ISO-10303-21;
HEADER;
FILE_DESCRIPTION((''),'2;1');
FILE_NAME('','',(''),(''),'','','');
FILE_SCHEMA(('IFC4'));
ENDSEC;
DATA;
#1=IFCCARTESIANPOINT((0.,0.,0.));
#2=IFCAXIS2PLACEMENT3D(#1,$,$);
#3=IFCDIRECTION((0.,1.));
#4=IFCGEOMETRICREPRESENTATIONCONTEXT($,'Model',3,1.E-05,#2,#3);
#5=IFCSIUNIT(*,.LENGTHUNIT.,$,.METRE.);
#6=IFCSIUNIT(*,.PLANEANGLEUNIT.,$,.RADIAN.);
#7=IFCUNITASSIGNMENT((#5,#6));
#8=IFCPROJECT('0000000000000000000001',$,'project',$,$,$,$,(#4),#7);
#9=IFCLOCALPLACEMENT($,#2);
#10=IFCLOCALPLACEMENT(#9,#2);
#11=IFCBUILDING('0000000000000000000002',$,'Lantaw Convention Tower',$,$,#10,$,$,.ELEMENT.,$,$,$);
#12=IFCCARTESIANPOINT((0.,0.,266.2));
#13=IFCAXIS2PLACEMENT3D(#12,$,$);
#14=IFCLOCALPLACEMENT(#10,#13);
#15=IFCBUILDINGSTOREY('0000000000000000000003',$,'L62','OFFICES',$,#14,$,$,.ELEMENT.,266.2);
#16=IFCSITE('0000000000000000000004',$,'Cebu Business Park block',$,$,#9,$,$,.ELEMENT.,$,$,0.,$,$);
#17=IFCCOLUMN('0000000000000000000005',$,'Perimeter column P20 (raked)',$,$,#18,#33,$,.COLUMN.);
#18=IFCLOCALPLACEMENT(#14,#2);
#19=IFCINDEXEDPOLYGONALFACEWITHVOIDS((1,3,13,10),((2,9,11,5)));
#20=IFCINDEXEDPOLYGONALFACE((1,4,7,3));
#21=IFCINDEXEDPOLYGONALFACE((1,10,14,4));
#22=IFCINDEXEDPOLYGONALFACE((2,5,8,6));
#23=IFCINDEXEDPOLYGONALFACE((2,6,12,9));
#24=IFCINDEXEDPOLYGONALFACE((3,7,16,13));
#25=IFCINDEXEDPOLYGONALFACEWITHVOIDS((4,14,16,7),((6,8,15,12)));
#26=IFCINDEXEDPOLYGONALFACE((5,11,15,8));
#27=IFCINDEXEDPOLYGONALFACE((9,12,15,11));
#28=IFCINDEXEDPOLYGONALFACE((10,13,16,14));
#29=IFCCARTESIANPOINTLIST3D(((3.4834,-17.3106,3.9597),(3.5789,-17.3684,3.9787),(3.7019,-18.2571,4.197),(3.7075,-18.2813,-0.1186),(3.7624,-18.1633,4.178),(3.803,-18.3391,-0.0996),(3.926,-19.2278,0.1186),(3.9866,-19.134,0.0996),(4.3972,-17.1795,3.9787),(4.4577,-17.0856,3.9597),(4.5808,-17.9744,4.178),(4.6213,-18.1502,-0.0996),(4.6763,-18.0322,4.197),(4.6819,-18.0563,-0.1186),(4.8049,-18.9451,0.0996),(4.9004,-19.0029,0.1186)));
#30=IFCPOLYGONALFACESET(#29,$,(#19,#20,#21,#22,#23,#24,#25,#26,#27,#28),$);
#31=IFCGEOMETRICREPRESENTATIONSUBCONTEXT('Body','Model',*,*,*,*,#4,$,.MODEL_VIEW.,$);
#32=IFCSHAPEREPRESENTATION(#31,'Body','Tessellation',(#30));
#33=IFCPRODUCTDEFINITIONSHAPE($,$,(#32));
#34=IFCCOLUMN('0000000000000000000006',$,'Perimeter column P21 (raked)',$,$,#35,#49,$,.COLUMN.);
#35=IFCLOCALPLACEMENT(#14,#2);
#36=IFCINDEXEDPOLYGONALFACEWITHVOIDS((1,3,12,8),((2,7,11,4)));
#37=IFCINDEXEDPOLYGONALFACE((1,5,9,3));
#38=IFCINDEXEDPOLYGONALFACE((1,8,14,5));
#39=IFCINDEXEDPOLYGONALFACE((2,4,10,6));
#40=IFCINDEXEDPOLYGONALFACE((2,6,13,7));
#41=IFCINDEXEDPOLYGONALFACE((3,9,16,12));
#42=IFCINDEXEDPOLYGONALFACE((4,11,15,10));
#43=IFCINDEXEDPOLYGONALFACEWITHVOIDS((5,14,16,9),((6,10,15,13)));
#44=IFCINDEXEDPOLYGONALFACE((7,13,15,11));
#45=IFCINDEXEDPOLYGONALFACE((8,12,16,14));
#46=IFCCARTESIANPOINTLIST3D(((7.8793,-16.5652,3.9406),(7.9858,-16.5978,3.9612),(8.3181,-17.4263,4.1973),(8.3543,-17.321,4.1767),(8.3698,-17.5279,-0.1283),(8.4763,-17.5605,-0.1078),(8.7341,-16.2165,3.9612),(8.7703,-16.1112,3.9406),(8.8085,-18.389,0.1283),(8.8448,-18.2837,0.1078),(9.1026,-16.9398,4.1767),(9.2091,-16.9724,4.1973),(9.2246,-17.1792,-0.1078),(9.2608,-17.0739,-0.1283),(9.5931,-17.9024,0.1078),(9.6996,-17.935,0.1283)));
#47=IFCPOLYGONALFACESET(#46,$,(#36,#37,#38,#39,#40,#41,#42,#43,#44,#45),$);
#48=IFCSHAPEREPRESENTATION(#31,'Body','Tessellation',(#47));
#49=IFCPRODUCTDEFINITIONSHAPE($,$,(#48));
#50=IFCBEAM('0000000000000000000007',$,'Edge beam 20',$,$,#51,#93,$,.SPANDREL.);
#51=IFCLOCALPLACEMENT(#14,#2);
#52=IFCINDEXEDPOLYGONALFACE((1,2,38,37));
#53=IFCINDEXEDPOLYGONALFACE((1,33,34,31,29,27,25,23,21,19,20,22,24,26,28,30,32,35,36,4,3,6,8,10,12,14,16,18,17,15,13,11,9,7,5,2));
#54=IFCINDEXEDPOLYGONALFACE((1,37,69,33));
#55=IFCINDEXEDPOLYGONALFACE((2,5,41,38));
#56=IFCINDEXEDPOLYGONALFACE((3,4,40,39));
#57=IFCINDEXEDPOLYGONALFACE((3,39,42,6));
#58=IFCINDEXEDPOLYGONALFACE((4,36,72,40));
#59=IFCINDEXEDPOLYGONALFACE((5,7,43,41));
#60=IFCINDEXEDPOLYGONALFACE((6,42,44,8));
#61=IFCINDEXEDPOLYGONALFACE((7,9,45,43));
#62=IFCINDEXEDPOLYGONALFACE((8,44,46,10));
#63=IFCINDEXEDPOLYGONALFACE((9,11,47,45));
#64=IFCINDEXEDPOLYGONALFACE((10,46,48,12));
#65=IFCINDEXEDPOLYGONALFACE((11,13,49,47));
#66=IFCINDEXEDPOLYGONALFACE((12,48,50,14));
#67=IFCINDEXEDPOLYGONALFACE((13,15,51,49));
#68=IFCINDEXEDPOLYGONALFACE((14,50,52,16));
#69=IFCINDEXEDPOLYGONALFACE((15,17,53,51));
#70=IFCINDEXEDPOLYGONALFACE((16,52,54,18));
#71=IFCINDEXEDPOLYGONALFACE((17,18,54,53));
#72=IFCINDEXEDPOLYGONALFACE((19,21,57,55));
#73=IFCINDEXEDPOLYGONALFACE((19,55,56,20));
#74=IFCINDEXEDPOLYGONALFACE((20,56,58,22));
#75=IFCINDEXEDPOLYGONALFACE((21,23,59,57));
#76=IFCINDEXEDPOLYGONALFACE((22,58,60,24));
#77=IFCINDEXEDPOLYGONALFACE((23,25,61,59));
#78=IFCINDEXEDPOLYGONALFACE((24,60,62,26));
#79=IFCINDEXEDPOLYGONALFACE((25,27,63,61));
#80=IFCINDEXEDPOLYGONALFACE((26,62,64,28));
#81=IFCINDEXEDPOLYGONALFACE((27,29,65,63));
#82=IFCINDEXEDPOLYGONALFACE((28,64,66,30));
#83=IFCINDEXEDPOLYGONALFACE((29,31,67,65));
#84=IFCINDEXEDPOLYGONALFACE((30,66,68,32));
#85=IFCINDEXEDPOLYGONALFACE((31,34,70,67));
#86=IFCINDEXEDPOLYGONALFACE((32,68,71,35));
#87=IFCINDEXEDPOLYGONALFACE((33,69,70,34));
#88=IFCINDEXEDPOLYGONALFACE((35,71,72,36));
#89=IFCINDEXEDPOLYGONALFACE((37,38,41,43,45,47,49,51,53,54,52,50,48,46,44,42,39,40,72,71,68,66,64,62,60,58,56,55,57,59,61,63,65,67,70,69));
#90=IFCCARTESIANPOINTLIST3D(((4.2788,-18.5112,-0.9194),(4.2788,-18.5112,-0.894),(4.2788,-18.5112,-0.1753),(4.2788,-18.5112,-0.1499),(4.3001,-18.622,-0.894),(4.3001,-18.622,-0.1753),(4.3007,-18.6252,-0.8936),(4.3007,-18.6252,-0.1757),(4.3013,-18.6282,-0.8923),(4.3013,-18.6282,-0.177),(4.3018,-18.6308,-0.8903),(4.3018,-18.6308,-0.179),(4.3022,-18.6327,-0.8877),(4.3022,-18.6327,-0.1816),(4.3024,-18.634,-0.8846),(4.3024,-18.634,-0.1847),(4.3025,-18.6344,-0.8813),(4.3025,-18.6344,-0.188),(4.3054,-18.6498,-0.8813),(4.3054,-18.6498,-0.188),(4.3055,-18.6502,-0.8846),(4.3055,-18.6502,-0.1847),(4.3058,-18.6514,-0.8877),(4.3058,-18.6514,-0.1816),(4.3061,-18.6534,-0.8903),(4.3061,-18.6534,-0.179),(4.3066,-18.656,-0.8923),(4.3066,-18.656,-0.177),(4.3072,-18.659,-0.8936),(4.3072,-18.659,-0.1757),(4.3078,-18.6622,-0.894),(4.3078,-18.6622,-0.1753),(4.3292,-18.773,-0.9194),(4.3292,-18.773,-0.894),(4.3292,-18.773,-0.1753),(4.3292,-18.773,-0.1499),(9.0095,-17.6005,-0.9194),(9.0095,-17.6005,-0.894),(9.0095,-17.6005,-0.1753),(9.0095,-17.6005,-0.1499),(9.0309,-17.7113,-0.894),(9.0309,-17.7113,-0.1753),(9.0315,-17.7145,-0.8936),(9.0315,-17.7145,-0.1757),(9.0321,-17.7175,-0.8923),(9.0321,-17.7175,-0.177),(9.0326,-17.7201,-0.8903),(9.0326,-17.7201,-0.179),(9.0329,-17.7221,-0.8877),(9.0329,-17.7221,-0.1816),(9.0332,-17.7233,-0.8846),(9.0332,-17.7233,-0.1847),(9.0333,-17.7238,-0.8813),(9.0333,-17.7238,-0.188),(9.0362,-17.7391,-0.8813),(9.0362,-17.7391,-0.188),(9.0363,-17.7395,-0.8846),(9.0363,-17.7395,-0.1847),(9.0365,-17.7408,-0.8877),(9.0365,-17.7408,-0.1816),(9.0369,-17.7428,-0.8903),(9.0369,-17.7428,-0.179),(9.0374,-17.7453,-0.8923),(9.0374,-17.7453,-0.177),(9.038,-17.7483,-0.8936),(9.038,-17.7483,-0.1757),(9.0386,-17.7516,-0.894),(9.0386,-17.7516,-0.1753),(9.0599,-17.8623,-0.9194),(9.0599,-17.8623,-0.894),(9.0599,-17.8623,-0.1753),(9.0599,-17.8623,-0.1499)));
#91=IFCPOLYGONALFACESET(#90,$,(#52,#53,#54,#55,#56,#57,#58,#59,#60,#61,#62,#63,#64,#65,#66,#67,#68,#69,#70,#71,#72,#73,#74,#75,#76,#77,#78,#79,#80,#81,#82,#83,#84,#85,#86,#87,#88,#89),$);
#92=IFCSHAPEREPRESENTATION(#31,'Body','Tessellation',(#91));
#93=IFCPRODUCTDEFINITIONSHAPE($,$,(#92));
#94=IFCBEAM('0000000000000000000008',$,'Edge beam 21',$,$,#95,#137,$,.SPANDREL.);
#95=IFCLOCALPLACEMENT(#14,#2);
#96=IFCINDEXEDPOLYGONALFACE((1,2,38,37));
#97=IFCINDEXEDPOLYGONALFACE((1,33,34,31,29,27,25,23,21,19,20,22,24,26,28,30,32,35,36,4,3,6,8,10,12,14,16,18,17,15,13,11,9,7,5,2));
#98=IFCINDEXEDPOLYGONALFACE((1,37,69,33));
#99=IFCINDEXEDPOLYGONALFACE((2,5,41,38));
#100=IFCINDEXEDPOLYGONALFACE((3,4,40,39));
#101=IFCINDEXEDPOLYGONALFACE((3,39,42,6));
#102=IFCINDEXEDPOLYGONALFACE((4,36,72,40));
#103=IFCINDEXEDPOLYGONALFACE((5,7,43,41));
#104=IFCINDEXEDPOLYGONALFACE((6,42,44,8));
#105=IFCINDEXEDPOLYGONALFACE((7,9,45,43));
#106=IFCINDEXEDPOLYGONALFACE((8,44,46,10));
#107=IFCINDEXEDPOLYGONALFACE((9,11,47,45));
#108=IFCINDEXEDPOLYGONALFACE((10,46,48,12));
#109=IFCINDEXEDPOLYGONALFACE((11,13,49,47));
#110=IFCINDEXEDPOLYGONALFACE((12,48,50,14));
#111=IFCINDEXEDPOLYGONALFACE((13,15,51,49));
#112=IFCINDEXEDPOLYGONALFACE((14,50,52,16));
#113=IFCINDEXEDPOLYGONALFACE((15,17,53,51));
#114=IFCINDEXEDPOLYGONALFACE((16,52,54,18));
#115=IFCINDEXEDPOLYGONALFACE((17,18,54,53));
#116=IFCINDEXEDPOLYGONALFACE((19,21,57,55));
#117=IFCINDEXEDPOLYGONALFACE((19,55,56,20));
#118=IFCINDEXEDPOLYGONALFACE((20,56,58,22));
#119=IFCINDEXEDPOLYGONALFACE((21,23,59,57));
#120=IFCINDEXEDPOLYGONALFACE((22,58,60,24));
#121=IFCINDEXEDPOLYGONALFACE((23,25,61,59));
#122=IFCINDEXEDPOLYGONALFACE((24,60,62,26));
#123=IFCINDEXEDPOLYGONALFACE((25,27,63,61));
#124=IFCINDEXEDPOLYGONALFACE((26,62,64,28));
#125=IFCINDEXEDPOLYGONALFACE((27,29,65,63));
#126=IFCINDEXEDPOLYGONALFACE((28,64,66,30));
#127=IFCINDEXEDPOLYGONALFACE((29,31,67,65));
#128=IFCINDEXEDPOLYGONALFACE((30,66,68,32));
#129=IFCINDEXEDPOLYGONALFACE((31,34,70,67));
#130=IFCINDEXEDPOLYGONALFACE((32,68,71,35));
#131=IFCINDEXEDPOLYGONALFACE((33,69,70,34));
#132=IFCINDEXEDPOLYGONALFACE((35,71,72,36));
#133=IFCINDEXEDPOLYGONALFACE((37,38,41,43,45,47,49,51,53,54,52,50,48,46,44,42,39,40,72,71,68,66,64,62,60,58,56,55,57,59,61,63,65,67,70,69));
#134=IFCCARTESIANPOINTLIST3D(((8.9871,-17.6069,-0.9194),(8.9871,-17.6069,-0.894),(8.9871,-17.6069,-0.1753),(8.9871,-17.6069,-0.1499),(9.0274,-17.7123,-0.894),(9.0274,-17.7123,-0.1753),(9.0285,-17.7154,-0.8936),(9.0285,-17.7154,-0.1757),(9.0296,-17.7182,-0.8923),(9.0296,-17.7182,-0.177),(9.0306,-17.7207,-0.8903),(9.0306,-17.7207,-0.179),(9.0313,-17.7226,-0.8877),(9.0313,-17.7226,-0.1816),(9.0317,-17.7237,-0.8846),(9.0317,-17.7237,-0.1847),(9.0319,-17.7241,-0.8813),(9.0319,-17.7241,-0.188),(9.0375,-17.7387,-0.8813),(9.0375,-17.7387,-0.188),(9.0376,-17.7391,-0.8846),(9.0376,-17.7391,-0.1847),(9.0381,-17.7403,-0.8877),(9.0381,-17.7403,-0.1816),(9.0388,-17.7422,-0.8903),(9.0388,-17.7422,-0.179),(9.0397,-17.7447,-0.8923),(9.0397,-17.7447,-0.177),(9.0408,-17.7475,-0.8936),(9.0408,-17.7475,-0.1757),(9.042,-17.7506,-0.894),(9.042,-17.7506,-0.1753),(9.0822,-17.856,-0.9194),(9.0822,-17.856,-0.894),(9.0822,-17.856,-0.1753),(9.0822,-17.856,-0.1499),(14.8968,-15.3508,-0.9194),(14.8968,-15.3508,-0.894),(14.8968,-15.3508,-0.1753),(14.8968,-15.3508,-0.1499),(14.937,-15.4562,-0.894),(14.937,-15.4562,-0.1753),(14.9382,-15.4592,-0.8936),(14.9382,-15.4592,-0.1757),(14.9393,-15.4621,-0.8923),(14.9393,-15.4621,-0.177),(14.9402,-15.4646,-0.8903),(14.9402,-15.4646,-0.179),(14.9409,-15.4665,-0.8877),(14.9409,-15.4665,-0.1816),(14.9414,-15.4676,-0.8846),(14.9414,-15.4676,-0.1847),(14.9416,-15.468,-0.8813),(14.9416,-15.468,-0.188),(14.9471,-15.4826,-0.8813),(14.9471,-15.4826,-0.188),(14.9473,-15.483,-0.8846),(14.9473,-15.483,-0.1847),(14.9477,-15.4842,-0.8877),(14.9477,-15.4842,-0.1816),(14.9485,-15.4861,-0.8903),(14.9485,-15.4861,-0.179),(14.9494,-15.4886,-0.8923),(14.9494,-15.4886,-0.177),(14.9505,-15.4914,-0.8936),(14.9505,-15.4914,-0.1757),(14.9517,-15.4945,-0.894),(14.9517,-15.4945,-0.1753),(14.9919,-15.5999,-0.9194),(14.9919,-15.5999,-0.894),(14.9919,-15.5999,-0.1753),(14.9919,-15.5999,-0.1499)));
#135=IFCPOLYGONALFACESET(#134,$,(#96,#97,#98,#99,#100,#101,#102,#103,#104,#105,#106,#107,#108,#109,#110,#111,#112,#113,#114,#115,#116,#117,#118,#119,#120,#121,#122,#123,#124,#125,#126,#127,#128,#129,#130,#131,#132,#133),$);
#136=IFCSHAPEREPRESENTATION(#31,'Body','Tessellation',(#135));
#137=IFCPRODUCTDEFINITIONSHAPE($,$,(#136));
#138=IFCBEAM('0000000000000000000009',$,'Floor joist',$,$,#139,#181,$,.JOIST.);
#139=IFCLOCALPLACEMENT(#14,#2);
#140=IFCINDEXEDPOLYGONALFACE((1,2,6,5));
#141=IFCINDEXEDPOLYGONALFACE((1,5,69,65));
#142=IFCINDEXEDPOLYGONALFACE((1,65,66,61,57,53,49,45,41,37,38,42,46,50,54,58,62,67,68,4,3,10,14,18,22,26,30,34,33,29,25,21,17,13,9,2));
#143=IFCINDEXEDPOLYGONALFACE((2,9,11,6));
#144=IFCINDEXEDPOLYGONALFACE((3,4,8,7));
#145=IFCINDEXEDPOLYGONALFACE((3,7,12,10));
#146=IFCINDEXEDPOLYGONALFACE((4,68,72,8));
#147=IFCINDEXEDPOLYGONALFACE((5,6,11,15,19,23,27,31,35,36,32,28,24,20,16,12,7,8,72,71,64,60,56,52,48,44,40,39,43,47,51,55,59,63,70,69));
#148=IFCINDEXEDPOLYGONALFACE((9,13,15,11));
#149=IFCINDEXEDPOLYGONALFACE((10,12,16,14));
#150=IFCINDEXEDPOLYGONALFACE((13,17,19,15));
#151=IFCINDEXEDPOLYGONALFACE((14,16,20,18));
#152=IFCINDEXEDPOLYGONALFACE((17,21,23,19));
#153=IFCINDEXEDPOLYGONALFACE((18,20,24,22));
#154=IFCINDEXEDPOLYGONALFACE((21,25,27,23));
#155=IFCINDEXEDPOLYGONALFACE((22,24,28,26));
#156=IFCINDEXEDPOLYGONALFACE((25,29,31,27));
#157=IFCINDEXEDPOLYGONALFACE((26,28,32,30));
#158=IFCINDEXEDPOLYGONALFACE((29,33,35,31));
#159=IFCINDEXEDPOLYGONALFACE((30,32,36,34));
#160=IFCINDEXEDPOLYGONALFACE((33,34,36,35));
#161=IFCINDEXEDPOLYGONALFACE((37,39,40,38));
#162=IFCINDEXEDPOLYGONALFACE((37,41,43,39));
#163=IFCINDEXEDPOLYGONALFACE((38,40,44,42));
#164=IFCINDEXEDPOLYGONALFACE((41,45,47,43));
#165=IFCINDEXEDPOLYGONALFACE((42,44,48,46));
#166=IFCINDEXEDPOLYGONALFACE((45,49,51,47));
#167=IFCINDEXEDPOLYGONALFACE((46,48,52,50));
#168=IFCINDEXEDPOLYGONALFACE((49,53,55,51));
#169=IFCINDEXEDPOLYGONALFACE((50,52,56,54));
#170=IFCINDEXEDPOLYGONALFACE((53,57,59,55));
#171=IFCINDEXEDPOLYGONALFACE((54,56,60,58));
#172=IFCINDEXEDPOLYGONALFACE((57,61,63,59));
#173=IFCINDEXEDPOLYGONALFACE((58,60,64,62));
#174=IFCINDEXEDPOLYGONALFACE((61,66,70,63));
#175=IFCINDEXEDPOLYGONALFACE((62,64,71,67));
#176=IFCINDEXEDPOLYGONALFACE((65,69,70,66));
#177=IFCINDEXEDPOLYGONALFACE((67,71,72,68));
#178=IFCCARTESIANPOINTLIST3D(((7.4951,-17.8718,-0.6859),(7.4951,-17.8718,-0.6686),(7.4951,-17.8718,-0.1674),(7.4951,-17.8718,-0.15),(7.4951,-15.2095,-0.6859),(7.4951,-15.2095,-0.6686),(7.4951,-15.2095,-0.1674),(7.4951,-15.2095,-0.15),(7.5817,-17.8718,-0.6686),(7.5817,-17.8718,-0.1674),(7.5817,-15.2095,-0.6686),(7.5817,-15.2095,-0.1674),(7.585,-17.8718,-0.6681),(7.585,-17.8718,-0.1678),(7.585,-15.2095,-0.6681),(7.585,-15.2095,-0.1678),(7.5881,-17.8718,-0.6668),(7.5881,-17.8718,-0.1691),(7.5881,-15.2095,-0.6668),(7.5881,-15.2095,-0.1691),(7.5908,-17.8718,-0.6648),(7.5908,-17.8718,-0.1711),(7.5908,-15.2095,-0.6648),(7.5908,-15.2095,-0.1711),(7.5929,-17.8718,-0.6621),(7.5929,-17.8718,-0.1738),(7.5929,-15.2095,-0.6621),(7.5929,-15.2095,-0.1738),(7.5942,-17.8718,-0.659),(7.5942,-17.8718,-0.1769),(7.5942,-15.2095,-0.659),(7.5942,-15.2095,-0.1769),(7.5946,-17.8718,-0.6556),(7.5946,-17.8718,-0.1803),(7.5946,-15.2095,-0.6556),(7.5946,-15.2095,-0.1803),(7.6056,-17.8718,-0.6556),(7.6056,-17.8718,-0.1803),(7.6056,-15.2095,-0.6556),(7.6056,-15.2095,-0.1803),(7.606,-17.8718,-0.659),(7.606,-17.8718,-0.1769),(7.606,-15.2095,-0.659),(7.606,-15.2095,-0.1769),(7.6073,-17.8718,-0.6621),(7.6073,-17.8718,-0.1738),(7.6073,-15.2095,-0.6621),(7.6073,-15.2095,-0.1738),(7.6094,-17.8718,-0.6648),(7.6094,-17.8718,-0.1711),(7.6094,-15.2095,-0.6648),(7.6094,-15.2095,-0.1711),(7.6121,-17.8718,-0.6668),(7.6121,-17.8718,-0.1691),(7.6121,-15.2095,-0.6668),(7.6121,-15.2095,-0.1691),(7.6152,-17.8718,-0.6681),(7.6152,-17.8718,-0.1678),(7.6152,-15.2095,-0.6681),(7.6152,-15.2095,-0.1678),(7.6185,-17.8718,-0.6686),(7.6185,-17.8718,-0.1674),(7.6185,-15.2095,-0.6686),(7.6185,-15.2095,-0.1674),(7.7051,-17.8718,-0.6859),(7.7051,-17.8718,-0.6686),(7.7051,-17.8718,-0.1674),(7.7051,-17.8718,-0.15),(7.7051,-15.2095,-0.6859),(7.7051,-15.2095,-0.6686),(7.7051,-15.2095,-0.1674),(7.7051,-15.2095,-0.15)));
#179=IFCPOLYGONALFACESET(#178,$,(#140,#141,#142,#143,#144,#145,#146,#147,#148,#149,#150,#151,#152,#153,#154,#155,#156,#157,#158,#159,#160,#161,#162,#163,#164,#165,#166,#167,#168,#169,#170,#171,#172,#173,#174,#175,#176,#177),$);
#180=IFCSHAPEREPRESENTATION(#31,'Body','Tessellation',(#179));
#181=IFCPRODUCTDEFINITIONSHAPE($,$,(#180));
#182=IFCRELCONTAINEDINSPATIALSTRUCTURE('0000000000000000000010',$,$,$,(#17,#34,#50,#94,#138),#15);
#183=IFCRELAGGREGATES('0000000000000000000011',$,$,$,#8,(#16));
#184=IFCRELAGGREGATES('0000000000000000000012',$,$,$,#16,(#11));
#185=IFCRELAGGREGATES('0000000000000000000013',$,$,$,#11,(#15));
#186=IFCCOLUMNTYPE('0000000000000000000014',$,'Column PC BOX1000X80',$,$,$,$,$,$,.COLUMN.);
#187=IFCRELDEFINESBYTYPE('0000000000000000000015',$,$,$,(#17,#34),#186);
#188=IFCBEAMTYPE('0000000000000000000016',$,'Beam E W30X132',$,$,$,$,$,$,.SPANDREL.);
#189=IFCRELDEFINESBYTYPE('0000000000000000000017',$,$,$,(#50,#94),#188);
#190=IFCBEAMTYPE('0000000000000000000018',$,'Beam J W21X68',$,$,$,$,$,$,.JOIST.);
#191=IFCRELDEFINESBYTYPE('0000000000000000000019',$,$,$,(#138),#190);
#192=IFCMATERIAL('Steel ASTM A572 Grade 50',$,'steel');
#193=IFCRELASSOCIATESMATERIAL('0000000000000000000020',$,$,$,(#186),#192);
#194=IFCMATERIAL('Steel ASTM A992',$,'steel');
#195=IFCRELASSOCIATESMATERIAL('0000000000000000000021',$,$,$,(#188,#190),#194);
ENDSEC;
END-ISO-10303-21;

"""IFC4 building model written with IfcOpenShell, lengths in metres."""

from ifc_helpers import new_model, si_unit, direction, frame, origin, origin_2d, place, context, subcontext, project, spatial, rectangle, hollow_rectangle, i_section, extrude, material, material_profile, profile_set, type_object, element, save


model = new_model("IFC4")

# Units and contexts
model_context = context("Model", 3, precision=1e-05, world=origin(), true_north=direction((0.0, 1.0)))
body_context = subcontext(model_context, "Body", "Model", "MODEL_VIEW")
ifc_project = project(units=[si_unit("LENGTHUNIT", "METRE"), si_unit("PLANEANGLEUNIT", "RADIAN")], contexts=[model_context])

# Site, building, storey
site_placement = place(None, origin())
site = spatial("IfcSite", under=ifc_project, at=site_placement, Name="Cebu Business Park block", CompositionType="ELEMENT", RefElevation=0.0)
building_placement = place(site_placement, origin())
building = spatial("IfcBuilding", under=site, at=building_placement, Name="Lantaw Convention Tower", CompositionType="ELEMENT")
storey_placement = place(building_placement, frame((0.0, 0.0, 266.2)))
storey = spatial("IfcBuildingStorey", under=building, at=storey_placement, Name="L62", Description="OFFICES", CompositionType="ELEMENT", Elevation=266.2)

# Columns
ifc_material_1 = material(Name="Steel ASTM A572 Grade 50", Category="steel")
ifc_material_profile_1 = material_profile(ifc_material_1, hollow_rectangle(XDim=1.0, YDim=1.0, WallThickness=0.0801, at=origin_2d()), Name="BOX1000X80")
ifc_material_2 = material(Name="Concrete C60/75", Category="concrete")
ifc_material_profile_2 = material_profile(ifc_material_2, rectangle(XDim=0.8401, YDim=0.8401, at=origin_2d()), Name="Concrete fill of BOX1000X80")
ifc_profile_set_1 = profile_set([ifc_material_profile_1, ifc_material_profile_2], Name="Steel ASTM A572 Grade 50")
column_type = type_object("IfcColumnType", Name="Column PC BOX1000X80", PredefinedType="COLUMN", material=ifc_profile_set_1)
column_1_placement = place(storey_placement, frame((4.304, -18.6421, 0.0), z_axis=(-0.053384, 0.231214, 0.971437), x_axis=(-0.974366, -0.224967, 0.0)))
element("IfcColumn", 1, at=column_1_placement, inside=storey, type_object=column_type, Name="Perimeter column P20 (raked)", PredefinedType="COLUMN", context=body_context, shape_type="SweptSolid", body=[
    extrude(hollow_rectangle(XDim=1.0, YDim=1.0, WallThickness=0.0801, at=origin_2d()), origin(), (0.0, 0.0, 1.0), 4.1982),
])
column_2_placement = place(storey_placement, frame((9.0347, -17.7314, 0.0), z_axis=(-0.116508, 0.228666, 0.966508), x_axis=(-0.891012, -0.45398, 0.0)))
element("IfcColumn", 2, at=column_2_placement, inside=storey, type_object=column_type, Name="Perimeter column P21 (raked)", PredefinedType="COLUMN", context=body_context, shape_type="SweptSolid", body=[
    extrude(hollow_rectangle(XDim=1.0, YDim=1.0, WallThickness=0.0801, at=origin_2d()), origin(), (0.0, 0.0, 1.0), 4.21),
])

# Beams
ifc_material_3 = material(Name="Steel ASTM A992", Category="steel")
ifc_material_profile_3 = material_profile(ifc_material_3, i_section(OverallWidth=0.2666, OverallDepth=0.7695, WebThickness=0.0156, FlangeThickness=0.0254, FilletRadius=0.0127, at=origin_2d()), Name="W30X132")
ifc_profile_set_2 = profile_set([ifc_material_profile_3], Name="Steel ASTM A992")
beam_type_1 = type_object("IfcBeamType", Name="Beam E W30X132", PredefinedType="SPANDREL", material=ifc_profile_set_2)
beam_1_placement = place(storey_placement, frame((4.304, -18.6421, -0.5347), z_axis=(0.981972, 0.189026, 0.0), x_axis=(-0.189026, 0.981972, 0.0)))
element("IfcBeam", 3, at=beam_1_placement, inside=storey, type_object=beam_type_1, Name="Edge beam 20", PredefinedType="SPANDREL", context=body_context, shape_type="SweptSolid", body=[
    extrude(i_section(OverallWidth=0.2666, OverallDepth=0.7695, WebThickness=0.0156, FlangeThickness=0.0254, FilletRadius=0.0127, at=origin_2d()), origin(), (0.0, 0.0, 1.0), 4.8176),
])
beam_2_placement = place(storey_placement, frame((9.0347, -17.7314, -0.5347), z_axis=(0.934235, 0.356658, 0.0), x_axis=(-0.356658, 0.934235, 0.0)))
element("IfcBeam", 4, at=beam_2_placement, inside=storey, type_object=beam_type_1, Name="Edge beam 21", PredefinedType="SPANDREL", context=body_context, shape_type="SweptSolid", body=[
    extrude(i_section(OverallWidth=0.2666, OverallDepth=0.7695, WebThickness=0.0156, FlangeThickness=0.0254, FilletRadius=0.0127, at=origin_2d()), origin(), (0.0, 0.0, 1.0), 6.3257),
])
ifc_material_profile_4 = material_profile(ifc_material_3, i_section(OverallWidth=0.21, OverallDepth=0.5359, WebThickness=0.011, FlangeThickness=0.0173, FilletRadius=0.0129, at=origin_2d()), Name="W21X68")
ifc_profile_set_3 = profile_set([ifc_material_profile_4], Name="Steel ASTM A992")
beam_type_2 = type_object("IfcBeamType", Name="Beam J W21X68", PredefinedType="JOIST", material=ifc_profile_set_3)
beam_3_placement = place(storey_placement, frame((7.6001, -17.8718, -0.418), z_axis=(0.0, 1.0, 0.0), x_axis=(-1.0, 0.0, 0.0)))
element("IfcBeam", 5, at=beam_3_placement, inside=storey, type_object=beam_type_2, Name="Floor joist", PredefinedType="JOIST", context=body_context, shape_type="SweptSolid", body=[
    extrude(i_section(OverallWidth=0.21, OverallDepth=0.5359, WebThickness=0.011, FlangeThickness=0.0173, FilletRadius=0.0129, at=origin_2d()), origin(), (0.0, 0.0, 1.0), 2.6624),
])

save(model, "model.ifc")
